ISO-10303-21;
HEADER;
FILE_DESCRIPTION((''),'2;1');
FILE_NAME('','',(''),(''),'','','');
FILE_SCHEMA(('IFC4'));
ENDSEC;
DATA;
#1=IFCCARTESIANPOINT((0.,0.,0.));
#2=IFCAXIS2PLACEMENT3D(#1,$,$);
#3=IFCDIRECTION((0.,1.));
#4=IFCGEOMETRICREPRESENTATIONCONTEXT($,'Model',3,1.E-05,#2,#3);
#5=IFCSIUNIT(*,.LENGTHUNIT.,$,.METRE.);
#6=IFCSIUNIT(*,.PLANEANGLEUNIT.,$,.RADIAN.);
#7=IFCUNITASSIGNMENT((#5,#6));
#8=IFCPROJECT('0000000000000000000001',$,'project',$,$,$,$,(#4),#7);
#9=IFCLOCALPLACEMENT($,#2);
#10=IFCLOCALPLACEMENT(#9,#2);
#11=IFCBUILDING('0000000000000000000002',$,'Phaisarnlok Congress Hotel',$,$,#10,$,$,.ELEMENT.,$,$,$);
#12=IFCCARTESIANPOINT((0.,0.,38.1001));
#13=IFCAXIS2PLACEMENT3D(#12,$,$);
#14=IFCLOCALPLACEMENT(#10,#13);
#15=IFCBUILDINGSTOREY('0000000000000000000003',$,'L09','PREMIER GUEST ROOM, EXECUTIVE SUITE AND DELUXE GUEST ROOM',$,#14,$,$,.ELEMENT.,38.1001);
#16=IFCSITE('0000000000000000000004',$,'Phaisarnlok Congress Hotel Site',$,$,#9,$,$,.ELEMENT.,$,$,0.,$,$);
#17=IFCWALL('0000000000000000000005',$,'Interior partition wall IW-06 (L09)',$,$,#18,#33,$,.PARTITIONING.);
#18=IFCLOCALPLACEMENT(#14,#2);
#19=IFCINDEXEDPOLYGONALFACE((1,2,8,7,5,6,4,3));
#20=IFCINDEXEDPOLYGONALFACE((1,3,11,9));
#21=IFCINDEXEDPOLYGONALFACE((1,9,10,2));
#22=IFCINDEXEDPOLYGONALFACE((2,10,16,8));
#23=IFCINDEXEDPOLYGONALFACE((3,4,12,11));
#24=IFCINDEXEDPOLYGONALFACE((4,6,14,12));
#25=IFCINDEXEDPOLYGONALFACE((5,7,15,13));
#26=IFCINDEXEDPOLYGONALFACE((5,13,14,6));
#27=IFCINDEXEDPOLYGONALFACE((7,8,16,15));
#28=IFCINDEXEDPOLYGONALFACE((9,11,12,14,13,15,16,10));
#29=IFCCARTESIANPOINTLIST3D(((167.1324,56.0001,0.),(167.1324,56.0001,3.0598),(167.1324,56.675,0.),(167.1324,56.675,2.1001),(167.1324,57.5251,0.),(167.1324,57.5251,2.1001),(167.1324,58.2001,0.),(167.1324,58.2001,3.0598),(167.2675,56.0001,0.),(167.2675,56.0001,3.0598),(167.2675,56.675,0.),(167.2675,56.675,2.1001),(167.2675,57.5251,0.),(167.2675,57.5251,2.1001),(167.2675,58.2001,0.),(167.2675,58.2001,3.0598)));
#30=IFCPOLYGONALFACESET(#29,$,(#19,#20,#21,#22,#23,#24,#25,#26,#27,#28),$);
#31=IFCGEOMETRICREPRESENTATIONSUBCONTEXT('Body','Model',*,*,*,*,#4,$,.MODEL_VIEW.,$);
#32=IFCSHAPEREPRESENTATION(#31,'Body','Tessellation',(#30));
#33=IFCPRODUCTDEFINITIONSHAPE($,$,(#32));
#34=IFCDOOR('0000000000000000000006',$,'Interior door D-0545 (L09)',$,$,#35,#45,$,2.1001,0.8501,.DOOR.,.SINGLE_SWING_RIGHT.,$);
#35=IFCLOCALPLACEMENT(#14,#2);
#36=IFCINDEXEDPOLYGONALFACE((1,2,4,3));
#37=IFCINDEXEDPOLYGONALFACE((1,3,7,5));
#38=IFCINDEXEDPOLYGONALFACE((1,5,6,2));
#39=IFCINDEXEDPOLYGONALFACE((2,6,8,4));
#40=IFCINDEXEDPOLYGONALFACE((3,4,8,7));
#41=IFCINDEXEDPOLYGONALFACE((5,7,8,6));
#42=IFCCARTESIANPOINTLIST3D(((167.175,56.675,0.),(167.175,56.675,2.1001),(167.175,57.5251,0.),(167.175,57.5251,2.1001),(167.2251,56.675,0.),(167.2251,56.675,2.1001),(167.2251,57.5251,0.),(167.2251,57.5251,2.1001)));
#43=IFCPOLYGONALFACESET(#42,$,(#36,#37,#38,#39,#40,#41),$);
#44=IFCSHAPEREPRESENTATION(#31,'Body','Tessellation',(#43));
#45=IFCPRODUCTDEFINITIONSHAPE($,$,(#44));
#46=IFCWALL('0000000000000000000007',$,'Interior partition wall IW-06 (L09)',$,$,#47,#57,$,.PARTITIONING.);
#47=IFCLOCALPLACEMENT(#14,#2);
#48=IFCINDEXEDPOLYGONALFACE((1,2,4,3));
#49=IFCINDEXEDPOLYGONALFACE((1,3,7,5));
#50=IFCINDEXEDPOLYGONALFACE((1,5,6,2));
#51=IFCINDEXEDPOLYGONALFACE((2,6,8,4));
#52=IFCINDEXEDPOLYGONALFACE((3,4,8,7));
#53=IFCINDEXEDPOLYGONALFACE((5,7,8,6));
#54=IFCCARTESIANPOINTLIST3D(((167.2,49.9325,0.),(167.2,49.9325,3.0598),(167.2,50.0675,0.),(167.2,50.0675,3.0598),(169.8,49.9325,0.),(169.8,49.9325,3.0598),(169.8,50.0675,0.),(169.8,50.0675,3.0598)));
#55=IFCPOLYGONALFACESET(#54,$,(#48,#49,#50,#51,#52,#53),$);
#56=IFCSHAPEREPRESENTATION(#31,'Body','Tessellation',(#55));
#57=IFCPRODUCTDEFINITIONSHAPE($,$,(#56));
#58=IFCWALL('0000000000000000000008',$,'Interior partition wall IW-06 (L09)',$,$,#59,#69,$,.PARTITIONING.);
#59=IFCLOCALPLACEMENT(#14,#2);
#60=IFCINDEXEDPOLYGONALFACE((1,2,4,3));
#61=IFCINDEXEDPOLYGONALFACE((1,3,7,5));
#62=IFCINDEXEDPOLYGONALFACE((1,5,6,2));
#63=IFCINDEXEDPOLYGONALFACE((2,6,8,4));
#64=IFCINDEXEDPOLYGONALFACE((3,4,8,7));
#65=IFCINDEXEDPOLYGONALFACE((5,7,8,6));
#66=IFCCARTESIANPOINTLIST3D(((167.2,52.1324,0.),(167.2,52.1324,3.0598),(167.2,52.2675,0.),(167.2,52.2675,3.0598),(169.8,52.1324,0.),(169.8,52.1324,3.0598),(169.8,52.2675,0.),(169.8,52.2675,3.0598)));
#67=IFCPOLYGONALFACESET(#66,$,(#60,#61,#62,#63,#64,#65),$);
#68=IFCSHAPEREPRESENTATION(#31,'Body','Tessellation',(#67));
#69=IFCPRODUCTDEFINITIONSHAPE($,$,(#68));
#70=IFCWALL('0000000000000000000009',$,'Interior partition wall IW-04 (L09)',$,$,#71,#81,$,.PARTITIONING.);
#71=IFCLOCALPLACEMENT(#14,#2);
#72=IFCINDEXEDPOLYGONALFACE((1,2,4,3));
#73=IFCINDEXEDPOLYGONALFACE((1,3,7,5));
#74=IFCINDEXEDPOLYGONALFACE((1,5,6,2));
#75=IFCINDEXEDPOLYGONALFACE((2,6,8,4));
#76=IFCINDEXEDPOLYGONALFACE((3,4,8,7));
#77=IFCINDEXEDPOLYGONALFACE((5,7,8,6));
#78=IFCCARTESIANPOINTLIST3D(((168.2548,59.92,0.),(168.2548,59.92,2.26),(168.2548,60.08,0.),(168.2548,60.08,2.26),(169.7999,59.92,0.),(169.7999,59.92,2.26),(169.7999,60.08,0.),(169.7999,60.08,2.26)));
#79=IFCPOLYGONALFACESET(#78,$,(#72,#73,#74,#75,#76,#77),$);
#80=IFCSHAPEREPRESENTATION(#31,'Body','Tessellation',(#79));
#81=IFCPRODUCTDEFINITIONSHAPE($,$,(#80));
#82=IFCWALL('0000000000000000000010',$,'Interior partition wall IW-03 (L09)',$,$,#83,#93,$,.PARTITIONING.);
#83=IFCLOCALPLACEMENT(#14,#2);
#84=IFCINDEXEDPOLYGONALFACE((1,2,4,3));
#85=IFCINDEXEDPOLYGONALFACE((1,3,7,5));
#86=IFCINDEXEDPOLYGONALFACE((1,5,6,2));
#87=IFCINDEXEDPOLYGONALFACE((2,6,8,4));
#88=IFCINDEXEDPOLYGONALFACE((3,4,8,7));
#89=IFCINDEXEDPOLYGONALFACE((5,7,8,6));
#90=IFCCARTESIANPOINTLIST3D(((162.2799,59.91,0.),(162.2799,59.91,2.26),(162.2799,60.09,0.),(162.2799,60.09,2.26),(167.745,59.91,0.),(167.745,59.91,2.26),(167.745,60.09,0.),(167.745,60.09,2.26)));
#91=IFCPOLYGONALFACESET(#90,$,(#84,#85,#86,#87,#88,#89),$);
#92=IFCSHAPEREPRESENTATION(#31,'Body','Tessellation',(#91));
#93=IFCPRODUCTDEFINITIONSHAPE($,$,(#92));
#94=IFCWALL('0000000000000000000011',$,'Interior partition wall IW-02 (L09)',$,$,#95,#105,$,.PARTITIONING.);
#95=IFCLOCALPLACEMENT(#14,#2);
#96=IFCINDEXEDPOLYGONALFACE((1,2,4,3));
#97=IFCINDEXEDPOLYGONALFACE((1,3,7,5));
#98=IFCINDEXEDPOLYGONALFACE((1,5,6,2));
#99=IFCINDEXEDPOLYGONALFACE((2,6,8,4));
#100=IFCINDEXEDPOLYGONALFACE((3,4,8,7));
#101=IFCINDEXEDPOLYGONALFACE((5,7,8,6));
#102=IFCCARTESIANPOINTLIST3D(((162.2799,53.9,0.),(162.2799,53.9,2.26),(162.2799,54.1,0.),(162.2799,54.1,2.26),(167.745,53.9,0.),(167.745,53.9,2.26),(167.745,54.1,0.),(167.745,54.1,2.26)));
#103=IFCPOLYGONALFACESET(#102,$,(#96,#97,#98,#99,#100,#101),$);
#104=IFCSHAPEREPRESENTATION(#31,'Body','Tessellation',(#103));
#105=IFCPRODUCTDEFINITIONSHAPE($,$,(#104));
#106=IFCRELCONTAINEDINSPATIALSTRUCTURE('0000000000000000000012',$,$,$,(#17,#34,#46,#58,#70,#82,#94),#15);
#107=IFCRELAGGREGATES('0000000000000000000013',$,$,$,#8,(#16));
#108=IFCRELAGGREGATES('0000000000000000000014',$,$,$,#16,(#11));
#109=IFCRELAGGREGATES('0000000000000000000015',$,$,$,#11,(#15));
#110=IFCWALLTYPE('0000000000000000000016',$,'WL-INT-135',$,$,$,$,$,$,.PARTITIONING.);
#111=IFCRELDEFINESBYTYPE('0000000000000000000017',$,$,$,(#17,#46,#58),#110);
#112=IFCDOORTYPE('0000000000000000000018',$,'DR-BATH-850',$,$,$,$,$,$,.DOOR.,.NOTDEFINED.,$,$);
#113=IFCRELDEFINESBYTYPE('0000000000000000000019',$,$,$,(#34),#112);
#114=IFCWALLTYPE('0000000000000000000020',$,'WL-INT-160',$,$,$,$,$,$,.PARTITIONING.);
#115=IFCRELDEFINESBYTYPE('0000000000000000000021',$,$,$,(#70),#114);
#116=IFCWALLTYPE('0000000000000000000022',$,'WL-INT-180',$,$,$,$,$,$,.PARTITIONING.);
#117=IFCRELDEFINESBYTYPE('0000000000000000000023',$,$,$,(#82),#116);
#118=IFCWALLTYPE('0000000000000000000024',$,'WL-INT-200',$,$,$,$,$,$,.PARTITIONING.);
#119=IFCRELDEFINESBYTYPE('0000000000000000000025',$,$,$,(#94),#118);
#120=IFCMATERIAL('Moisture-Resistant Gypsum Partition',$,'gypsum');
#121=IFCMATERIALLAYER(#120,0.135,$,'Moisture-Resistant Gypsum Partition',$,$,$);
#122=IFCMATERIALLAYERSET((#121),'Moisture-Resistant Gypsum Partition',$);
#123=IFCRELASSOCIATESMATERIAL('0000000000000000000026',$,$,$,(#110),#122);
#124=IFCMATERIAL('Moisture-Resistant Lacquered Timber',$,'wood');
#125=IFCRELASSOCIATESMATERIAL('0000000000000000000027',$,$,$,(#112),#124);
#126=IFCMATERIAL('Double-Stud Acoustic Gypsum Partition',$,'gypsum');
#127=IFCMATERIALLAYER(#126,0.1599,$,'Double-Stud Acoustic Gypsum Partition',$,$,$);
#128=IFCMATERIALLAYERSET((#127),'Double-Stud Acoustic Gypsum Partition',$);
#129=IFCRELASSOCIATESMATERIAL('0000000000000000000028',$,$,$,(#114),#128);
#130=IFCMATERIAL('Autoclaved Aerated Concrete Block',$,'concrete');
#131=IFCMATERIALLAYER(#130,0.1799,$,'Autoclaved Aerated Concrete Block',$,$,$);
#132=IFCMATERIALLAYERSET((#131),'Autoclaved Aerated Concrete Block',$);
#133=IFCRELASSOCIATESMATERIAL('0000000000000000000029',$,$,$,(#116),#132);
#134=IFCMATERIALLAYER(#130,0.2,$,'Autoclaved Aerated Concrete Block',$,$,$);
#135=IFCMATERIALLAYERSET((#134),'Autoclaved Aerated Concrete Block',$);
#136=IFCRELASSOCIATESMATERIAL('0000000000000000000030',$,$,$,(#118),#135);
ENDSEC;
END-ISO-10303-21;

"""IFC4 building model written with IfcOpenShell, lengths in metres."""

from ifc_helpers import new_model, si_unit, direction, frame, frame_2d, origin, place, context, subcontext, project, spatial, rectangle, extrude, material, layer, layer_set, type_object, element, fill, save


model = new_model("IFC4")

# Units and contexts
model_context = context("Model", 3, precision=1e-05, world=origin(), true_north=direction((0.0, 1.0)))
body_context = subcontext(model_context, "Body", "Model", "MODEL_VIEW")
ifc_project = project(units=[si_unit("LENGTHUNIT", "METRE"), si_unit("PLANEANGLEUNIT", "RADIAN")], contexts=[model_context])

# Site, building, storey
site_placement = place(None, origin())
site = spatial("IfcSite", under=ifc_project, at=site_placement, Name="Phaisarnlok Congress Hotel Site", CompositionType="ELEMENT", RefElevation=0.0)
building_placement = place(site_placement, origin())
building = spatial("IfcBuilding", under=site, at=building_placement, Name="Phaisarnlok Congress Hotel", CompositionType="ELEMENT")
storey_placement = place(building_placement, frame((0.0, 0.0, 38.1001)))
storey = spatial("IfcBuildingStorey", under=building, at=storey_placement, Name="L09", Description="PREMIER GUEST ROOM, EXECUTIVE SUITE AND DELUXE GUEST ROOM", CompositionType="ELEMENT", Elevation=38.1001)

# Wall, opening, door
ifc_material_1 = material(Name="Moisture-Resistant Gypsum Partition", Category="gypsum")
ifc_layer_1 = layer(ifc_material_1, 0.135, Name="Moisture-Resistant Gypsum Partition")
ifc_layer_set_1 = layer_set([ifc_layer_1], Name="Moisture-Resistant Gypsum Partition")
wall_type_1 = type_object("IfcWallType", Name="WL-INT-135", PredefinedType="PARTITIONING", material=ifc_layer_set_1)
wall_1_placement = place(storey_placement, frame((167.2, 56.0, 0.0), z_axis=(0.0, 0.0, 1.0), x_axis=(0.0, 1.0, 0.0)))
wall_1 = element("IfcWall", 1, at=wall_1_placement, inside=storey, type_object=wall_type_1, Name="Interior partition wall IW-06 (L09)", PredefinedType="PARTITIONING", context=body_context, shape_type="SweptSolid", body=[
    extrude(rectangle(XDim=2.2, YDim=0.135, at=frame_2d((1.1001, 0.0))), origin(), (0.0, 0.0, 1.0), 3.0598),
])
opening_placement = place(wall_1_placement, frame((0.675, 0.0, 0.0)))
opening = element("IfcOpeningElement", 2, at=opening_placement, cuts=wall_1, PredefinedType="OPENING", context=body_context, shape_type="SweptSolid", body=[
    extrude(rectangle(XDim=0.8501, YDim=2.1001, at=frame_2d((0.425, 1.05))), frame((0.0, 0.0776, 0.0), z_axis=(0.0, -1.0, 0.0), x_axis=(1.0, 0.0, 0.0)), (0.0, 0.0, 1.0), 0.155),
])
ifc_material_2 = material(Name="Moisture-Resistant Lacquered Timber", Category="wood")
door_type = type_object("IfcDoorType", Name="DR-BATH-850", OperationType="NOTDEFINED", PredefinedType="DOOR", material=ifc_material_2)
door_placement = place(opening_placement, origin())
door = element("IfcDoor", 3, at=door_placement, inside=storey, type_object=door_type, Name="Interior door D-0545 (L09)", OperationType="SINGLE_SWING_RIGHT", OverallHeight=2.1001, OverallWidth=0.8501, PredefinedType="DOOR", context=body_context, shape_type="SweptSolid", body=[
    extrude(rectangle(XDim=0.8501, YDim=2.1001, at=frame_2d((0.425, 1.05))), frame((0.0, 0.0249, 0.0), z_axis=(0.0, -1.0, 0.0), x_axis=(1.0, 0.0, 0.0)), (0.0, 0.0, 1.0), 0.05),
])
fill(opening, door)

# Walls
for number, where, z_axis, x_axis, name in (
    (4, (167.2, 50.0, 0.0), (0.0, 0.0, 1.0), (1.0, 0.0, 0.0), "Interior partition wall IW-06 (L09)"),
    (5, (167.2, 52.2, 0.0), (0.0, 0.0, 1.0), (1.0, 0.0, 0.0), "Interior partition wall IW-06 (L09)"),
):
    element("IfcWall", number, at=place(storey_placement, frame(where, z_axis=z_axis, x_axis=x_axis)), inside=storey, type_object=wall_type_1, Name=name, PredefinedType="PARTITIONING", context=body_context, shape_type="SweptSolid", body=[
        extrude(rectangle(XDim=2.6001, YDim=0.135, at=frame_2d((1.3, 0.0))), origin(), (0.0, 0.0, 1.0), 3.0598),
    ])
ifc_material_3 = material(Name="Double-Stud Acoustic Gypsum Partition", Category="gypsum")
ifc_layer_2 = layer(ifc_material_3, 0.1599, Name="Double-Stud Acoustic Gypsum Partition")
ifc_layer_set_2 = layer_set([ifc_layer_2], Name="Double-Stud Acoustic Gypsum Partition")
wall_type_2 = type_object("IfcWallType", Name="WL-INT-160", PredefinedType="PARTITIONING", material=ifc_layer_set_2)
wall_2_placement = place(storey_placement, frame((168.2549, 60.0, 0.0), z_axis=(0.0, 0.0, 1.0), x_axis=(1.0, 0.0, 0.0)))
element("IfcWall", 6, at=wall_2_placement, inside=storey, type_object=wall_type_2, Name="Interior partition wall IW-04 (L09)", PredefinedType="PARTITIONING", context=body_context, shape_type="SweptSolid", body=[
    extrude(rectangle(XDim=1.5452, YDim=0.1599, at=frame_2d((0.7725, 0.0))), origin(), (0.0, 0.0, 1.0), 2.26),
])
ifc_material_4 = material(Name="Autoclaved Aerated Concrete Block", Category="concrete")
ifc_layer_3 = layer(ifc_material_4, 0.1799, Name="Autoclaved Aerated Concrete Block")
ifc_layer_set_3 = layer_set([ifc_layer_3], Name="Autoclaved Aerated Concrete Block")
wall_type_3 = type_object("IfcWallType", Name="WL-INT-180", PredefinedType="PARTITIONING", material=ifc_layer_set_3)
wall_3_placement = place(storey_placement, frame((162.28, 60.0, 0.0), z_axis=(0.0, 0.0, 1.0), x_axis=(1.0, 0.0, 0.0)))
element("IfcWall", 7, at=wall_3_placement, inside=storey, type_object=wall_type_3, Name="Interior partition wall IW-03 (L09)", PredefinedType="PARTITIONING", context=body_context, shape_type="SweptSolid", body=[
    extrude(rectangle(XDim=5.4651, YDim=0.1799, at=frame_2d((2.7324, 0.0))), origin(), (0.0, 0.0, 1.0), 2.26),
])
ifc_layer_4 = layer(ifc_material_4, 0.2, Name="Autoclaved Aerated Concrete Block")
ifc_layer_set_4 = layer_set([ifc_layer_4], Name="Autoclaved Aerated Concrete Block")
wall_type_4 = type_object("IfcWallType", Name="WL-INT-200", PredefinedType="PARTITIONING", material=ifc_layer_set_4)
wall_4_placement = place(storey_placement, frame((162.28, 54.0, 0.0), z_axis=(0.0, 0.0, 1.0), x_axis=(1.0, 0.0, 0.0)))
element("IfcWall", 8, at=wall_4_placement, inside=storey, type_object=wall_type_4, Name="Interior partition wall IW-02 (L09)", PredefinedType="PARTITIONING", context=body_context, shape_type="SweptSolid", body=[
    extrude(rectangle(XDim=5.4651, YDim=0.2, at=frame_2d((2.7324, 0.0))), origin(), (0.0, 0.0, 1.0), 2.26),
])

save(model, "model.ifc")
